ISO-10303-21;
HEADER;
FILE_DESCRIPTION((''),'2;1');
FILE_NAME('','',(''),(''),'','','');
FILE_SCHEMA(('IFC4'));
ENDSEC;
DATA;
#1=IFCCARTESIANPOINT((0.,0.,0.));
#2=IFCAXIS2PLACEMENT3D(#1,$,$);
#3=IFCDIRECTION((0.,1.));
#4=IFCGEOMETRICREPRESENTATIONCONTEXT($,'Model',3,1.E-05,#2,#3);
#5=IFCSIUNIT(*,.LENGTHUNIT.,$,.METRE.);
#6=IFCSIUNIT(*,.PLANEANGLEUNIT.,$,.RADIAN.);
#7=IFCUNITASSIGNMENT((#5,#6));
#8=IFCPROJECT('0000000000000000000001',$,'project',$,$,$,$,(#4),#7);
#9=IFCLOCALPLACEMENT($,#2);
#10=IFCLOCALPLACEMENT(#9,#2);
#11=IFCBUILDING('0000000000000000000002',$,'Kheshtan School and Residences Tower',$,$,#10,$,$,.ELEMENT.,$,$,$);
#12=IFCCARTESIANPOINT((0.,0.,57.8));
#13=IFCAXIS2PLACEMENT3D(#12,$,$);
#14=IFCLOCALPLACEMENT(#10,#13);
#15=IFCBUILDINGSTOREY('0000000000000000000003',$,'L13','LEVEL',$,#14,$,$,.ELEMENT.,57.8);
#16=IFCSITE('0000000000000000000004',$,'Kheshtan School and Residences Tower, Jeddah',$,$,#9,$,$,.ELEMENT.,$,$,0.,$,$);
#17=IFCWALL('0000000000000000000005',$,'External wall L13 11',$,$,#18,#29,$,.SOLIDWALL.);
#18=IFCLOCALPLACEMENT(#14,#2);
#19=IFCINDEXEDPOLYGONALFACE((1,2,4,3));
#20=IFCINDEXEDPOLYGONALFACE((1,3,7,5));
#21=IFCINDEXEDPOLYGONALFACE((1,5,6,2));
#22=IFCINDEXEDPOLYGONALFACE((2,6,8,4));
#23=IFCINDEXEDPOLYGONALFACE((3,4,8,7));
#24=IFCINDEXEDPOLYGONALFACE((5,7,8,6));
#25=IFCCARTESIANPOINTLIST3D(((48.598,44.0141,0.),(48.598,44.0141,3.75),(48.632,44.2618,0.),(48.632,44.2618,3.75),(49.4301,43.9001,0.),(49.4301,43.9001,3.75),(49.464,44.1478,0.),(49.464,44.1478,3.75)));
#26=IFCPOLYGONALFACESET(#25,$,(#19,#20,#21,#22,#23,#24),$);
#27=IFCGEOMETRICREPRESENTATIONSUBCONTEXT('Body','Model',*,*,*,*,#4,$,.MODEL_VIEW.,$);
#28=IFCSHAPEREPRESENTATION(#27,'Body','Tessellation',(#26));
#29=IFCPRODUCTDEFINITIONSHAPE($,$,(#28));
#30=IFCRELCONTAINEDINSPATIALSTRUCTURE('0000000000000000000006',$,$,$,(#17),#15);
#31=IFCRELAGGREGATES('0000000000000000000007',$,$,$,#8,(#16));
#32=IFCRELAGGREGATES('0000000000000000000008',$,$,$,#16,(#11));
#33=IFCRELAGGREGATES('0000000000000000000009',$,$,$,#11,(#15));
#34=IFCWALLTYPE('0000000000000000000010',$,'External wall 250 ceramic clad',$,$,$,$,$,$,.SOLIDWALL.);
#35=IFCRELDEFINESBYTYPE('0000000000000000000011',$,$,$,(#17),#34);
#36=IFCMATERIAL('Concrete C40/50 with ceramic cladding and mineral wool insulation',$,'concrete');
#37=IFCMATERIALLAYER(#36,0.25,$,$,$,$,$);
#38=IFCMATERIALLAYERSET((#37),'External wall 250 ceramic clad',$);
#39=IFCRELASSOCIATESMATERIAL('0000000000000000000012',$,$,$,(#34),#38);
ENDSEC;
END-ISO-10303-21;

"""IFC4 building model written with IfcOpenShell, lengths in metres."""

from ifc_helpers import new_model, si_unit, direction, frame, frame_2d, origin, place, context, subcontext, project, spatial, rectangle, extrude, material, layer, layer_set, type_object, element, save


model = new_model("IFC4")

# Units and contexts
model_context = context("Model", 3, precision=1e-05, world=origin(), true_north=direction((0.0, 1.0)))
body_context = subcontext(model_context, "Body", "Model", "MODEL_VIEW")
ifc_project = project(units=[si_unit("LENGTHUNIT", "METRE"), si_unit("PLANEANGLEUNIT", "RADIAN")], contexts=[model_context])

# Site, building, storey
site_placement = place(None, origin())
site = spatial("IfcSite", under=ifc_project, at=site_placement, Name="Kheshtan School and Residences Tower, Jeddah", CompositionType="ELEMENT", RefElevation=0.0)
building_placement = place(site_placement, origin())
building = spatial("IfcBuilding", under=site, at=building_placement, Name="Kheshtan School and Residences Tower", CompositionType="ELEMENT")
storey_placement = place(building_placement, frame((0.0, 0.0, 57.8)))
storey = spatial("IfcBuildingStorey", under=building, at=storey_placement, Name="L13", Description="LEVEL", CompositionType="ELEMENT", Elevation=57.8)

# Wall
ifc_material_1 = material(Name="Concrete C40/50 with ceramic cladding and mineral wool insulation", Category="concrete")
ifc_layer_1 = layer(ifc_material_1, 0.25)
ifc_layer_set_1 = layer_set([ifc_layer_1], Name="External wall 250 ceramic clad")
wall_type = type_object("IfcWallType", Name="External wall 250 ceramic clad", PredefinedType="SOLIDWALL", material=ifc_layer_set_1)
wall_placement = place(storey_placement, frame((48.615, 44.1379, 0.0), z_axis=(0.0, 0.0, 1.0), x_axis=(0.990742, -0.135762, 0.0)))
element("IfcWall", 1, at=wall_placement, inside=storey, type_object=wall_type, Name="External wall L13 11", PredefinedType="SOLIDWALL", context=body_context, shape_type="SweptSolid", body=[
    extrude(rectangle(XDim=0.8398, YDim=0.25, at=frame_2d((0.4199, 0.0))), origin(), (0.0, 0.0, 1.0), 3.75),
])

save(model, "model.ifc")
